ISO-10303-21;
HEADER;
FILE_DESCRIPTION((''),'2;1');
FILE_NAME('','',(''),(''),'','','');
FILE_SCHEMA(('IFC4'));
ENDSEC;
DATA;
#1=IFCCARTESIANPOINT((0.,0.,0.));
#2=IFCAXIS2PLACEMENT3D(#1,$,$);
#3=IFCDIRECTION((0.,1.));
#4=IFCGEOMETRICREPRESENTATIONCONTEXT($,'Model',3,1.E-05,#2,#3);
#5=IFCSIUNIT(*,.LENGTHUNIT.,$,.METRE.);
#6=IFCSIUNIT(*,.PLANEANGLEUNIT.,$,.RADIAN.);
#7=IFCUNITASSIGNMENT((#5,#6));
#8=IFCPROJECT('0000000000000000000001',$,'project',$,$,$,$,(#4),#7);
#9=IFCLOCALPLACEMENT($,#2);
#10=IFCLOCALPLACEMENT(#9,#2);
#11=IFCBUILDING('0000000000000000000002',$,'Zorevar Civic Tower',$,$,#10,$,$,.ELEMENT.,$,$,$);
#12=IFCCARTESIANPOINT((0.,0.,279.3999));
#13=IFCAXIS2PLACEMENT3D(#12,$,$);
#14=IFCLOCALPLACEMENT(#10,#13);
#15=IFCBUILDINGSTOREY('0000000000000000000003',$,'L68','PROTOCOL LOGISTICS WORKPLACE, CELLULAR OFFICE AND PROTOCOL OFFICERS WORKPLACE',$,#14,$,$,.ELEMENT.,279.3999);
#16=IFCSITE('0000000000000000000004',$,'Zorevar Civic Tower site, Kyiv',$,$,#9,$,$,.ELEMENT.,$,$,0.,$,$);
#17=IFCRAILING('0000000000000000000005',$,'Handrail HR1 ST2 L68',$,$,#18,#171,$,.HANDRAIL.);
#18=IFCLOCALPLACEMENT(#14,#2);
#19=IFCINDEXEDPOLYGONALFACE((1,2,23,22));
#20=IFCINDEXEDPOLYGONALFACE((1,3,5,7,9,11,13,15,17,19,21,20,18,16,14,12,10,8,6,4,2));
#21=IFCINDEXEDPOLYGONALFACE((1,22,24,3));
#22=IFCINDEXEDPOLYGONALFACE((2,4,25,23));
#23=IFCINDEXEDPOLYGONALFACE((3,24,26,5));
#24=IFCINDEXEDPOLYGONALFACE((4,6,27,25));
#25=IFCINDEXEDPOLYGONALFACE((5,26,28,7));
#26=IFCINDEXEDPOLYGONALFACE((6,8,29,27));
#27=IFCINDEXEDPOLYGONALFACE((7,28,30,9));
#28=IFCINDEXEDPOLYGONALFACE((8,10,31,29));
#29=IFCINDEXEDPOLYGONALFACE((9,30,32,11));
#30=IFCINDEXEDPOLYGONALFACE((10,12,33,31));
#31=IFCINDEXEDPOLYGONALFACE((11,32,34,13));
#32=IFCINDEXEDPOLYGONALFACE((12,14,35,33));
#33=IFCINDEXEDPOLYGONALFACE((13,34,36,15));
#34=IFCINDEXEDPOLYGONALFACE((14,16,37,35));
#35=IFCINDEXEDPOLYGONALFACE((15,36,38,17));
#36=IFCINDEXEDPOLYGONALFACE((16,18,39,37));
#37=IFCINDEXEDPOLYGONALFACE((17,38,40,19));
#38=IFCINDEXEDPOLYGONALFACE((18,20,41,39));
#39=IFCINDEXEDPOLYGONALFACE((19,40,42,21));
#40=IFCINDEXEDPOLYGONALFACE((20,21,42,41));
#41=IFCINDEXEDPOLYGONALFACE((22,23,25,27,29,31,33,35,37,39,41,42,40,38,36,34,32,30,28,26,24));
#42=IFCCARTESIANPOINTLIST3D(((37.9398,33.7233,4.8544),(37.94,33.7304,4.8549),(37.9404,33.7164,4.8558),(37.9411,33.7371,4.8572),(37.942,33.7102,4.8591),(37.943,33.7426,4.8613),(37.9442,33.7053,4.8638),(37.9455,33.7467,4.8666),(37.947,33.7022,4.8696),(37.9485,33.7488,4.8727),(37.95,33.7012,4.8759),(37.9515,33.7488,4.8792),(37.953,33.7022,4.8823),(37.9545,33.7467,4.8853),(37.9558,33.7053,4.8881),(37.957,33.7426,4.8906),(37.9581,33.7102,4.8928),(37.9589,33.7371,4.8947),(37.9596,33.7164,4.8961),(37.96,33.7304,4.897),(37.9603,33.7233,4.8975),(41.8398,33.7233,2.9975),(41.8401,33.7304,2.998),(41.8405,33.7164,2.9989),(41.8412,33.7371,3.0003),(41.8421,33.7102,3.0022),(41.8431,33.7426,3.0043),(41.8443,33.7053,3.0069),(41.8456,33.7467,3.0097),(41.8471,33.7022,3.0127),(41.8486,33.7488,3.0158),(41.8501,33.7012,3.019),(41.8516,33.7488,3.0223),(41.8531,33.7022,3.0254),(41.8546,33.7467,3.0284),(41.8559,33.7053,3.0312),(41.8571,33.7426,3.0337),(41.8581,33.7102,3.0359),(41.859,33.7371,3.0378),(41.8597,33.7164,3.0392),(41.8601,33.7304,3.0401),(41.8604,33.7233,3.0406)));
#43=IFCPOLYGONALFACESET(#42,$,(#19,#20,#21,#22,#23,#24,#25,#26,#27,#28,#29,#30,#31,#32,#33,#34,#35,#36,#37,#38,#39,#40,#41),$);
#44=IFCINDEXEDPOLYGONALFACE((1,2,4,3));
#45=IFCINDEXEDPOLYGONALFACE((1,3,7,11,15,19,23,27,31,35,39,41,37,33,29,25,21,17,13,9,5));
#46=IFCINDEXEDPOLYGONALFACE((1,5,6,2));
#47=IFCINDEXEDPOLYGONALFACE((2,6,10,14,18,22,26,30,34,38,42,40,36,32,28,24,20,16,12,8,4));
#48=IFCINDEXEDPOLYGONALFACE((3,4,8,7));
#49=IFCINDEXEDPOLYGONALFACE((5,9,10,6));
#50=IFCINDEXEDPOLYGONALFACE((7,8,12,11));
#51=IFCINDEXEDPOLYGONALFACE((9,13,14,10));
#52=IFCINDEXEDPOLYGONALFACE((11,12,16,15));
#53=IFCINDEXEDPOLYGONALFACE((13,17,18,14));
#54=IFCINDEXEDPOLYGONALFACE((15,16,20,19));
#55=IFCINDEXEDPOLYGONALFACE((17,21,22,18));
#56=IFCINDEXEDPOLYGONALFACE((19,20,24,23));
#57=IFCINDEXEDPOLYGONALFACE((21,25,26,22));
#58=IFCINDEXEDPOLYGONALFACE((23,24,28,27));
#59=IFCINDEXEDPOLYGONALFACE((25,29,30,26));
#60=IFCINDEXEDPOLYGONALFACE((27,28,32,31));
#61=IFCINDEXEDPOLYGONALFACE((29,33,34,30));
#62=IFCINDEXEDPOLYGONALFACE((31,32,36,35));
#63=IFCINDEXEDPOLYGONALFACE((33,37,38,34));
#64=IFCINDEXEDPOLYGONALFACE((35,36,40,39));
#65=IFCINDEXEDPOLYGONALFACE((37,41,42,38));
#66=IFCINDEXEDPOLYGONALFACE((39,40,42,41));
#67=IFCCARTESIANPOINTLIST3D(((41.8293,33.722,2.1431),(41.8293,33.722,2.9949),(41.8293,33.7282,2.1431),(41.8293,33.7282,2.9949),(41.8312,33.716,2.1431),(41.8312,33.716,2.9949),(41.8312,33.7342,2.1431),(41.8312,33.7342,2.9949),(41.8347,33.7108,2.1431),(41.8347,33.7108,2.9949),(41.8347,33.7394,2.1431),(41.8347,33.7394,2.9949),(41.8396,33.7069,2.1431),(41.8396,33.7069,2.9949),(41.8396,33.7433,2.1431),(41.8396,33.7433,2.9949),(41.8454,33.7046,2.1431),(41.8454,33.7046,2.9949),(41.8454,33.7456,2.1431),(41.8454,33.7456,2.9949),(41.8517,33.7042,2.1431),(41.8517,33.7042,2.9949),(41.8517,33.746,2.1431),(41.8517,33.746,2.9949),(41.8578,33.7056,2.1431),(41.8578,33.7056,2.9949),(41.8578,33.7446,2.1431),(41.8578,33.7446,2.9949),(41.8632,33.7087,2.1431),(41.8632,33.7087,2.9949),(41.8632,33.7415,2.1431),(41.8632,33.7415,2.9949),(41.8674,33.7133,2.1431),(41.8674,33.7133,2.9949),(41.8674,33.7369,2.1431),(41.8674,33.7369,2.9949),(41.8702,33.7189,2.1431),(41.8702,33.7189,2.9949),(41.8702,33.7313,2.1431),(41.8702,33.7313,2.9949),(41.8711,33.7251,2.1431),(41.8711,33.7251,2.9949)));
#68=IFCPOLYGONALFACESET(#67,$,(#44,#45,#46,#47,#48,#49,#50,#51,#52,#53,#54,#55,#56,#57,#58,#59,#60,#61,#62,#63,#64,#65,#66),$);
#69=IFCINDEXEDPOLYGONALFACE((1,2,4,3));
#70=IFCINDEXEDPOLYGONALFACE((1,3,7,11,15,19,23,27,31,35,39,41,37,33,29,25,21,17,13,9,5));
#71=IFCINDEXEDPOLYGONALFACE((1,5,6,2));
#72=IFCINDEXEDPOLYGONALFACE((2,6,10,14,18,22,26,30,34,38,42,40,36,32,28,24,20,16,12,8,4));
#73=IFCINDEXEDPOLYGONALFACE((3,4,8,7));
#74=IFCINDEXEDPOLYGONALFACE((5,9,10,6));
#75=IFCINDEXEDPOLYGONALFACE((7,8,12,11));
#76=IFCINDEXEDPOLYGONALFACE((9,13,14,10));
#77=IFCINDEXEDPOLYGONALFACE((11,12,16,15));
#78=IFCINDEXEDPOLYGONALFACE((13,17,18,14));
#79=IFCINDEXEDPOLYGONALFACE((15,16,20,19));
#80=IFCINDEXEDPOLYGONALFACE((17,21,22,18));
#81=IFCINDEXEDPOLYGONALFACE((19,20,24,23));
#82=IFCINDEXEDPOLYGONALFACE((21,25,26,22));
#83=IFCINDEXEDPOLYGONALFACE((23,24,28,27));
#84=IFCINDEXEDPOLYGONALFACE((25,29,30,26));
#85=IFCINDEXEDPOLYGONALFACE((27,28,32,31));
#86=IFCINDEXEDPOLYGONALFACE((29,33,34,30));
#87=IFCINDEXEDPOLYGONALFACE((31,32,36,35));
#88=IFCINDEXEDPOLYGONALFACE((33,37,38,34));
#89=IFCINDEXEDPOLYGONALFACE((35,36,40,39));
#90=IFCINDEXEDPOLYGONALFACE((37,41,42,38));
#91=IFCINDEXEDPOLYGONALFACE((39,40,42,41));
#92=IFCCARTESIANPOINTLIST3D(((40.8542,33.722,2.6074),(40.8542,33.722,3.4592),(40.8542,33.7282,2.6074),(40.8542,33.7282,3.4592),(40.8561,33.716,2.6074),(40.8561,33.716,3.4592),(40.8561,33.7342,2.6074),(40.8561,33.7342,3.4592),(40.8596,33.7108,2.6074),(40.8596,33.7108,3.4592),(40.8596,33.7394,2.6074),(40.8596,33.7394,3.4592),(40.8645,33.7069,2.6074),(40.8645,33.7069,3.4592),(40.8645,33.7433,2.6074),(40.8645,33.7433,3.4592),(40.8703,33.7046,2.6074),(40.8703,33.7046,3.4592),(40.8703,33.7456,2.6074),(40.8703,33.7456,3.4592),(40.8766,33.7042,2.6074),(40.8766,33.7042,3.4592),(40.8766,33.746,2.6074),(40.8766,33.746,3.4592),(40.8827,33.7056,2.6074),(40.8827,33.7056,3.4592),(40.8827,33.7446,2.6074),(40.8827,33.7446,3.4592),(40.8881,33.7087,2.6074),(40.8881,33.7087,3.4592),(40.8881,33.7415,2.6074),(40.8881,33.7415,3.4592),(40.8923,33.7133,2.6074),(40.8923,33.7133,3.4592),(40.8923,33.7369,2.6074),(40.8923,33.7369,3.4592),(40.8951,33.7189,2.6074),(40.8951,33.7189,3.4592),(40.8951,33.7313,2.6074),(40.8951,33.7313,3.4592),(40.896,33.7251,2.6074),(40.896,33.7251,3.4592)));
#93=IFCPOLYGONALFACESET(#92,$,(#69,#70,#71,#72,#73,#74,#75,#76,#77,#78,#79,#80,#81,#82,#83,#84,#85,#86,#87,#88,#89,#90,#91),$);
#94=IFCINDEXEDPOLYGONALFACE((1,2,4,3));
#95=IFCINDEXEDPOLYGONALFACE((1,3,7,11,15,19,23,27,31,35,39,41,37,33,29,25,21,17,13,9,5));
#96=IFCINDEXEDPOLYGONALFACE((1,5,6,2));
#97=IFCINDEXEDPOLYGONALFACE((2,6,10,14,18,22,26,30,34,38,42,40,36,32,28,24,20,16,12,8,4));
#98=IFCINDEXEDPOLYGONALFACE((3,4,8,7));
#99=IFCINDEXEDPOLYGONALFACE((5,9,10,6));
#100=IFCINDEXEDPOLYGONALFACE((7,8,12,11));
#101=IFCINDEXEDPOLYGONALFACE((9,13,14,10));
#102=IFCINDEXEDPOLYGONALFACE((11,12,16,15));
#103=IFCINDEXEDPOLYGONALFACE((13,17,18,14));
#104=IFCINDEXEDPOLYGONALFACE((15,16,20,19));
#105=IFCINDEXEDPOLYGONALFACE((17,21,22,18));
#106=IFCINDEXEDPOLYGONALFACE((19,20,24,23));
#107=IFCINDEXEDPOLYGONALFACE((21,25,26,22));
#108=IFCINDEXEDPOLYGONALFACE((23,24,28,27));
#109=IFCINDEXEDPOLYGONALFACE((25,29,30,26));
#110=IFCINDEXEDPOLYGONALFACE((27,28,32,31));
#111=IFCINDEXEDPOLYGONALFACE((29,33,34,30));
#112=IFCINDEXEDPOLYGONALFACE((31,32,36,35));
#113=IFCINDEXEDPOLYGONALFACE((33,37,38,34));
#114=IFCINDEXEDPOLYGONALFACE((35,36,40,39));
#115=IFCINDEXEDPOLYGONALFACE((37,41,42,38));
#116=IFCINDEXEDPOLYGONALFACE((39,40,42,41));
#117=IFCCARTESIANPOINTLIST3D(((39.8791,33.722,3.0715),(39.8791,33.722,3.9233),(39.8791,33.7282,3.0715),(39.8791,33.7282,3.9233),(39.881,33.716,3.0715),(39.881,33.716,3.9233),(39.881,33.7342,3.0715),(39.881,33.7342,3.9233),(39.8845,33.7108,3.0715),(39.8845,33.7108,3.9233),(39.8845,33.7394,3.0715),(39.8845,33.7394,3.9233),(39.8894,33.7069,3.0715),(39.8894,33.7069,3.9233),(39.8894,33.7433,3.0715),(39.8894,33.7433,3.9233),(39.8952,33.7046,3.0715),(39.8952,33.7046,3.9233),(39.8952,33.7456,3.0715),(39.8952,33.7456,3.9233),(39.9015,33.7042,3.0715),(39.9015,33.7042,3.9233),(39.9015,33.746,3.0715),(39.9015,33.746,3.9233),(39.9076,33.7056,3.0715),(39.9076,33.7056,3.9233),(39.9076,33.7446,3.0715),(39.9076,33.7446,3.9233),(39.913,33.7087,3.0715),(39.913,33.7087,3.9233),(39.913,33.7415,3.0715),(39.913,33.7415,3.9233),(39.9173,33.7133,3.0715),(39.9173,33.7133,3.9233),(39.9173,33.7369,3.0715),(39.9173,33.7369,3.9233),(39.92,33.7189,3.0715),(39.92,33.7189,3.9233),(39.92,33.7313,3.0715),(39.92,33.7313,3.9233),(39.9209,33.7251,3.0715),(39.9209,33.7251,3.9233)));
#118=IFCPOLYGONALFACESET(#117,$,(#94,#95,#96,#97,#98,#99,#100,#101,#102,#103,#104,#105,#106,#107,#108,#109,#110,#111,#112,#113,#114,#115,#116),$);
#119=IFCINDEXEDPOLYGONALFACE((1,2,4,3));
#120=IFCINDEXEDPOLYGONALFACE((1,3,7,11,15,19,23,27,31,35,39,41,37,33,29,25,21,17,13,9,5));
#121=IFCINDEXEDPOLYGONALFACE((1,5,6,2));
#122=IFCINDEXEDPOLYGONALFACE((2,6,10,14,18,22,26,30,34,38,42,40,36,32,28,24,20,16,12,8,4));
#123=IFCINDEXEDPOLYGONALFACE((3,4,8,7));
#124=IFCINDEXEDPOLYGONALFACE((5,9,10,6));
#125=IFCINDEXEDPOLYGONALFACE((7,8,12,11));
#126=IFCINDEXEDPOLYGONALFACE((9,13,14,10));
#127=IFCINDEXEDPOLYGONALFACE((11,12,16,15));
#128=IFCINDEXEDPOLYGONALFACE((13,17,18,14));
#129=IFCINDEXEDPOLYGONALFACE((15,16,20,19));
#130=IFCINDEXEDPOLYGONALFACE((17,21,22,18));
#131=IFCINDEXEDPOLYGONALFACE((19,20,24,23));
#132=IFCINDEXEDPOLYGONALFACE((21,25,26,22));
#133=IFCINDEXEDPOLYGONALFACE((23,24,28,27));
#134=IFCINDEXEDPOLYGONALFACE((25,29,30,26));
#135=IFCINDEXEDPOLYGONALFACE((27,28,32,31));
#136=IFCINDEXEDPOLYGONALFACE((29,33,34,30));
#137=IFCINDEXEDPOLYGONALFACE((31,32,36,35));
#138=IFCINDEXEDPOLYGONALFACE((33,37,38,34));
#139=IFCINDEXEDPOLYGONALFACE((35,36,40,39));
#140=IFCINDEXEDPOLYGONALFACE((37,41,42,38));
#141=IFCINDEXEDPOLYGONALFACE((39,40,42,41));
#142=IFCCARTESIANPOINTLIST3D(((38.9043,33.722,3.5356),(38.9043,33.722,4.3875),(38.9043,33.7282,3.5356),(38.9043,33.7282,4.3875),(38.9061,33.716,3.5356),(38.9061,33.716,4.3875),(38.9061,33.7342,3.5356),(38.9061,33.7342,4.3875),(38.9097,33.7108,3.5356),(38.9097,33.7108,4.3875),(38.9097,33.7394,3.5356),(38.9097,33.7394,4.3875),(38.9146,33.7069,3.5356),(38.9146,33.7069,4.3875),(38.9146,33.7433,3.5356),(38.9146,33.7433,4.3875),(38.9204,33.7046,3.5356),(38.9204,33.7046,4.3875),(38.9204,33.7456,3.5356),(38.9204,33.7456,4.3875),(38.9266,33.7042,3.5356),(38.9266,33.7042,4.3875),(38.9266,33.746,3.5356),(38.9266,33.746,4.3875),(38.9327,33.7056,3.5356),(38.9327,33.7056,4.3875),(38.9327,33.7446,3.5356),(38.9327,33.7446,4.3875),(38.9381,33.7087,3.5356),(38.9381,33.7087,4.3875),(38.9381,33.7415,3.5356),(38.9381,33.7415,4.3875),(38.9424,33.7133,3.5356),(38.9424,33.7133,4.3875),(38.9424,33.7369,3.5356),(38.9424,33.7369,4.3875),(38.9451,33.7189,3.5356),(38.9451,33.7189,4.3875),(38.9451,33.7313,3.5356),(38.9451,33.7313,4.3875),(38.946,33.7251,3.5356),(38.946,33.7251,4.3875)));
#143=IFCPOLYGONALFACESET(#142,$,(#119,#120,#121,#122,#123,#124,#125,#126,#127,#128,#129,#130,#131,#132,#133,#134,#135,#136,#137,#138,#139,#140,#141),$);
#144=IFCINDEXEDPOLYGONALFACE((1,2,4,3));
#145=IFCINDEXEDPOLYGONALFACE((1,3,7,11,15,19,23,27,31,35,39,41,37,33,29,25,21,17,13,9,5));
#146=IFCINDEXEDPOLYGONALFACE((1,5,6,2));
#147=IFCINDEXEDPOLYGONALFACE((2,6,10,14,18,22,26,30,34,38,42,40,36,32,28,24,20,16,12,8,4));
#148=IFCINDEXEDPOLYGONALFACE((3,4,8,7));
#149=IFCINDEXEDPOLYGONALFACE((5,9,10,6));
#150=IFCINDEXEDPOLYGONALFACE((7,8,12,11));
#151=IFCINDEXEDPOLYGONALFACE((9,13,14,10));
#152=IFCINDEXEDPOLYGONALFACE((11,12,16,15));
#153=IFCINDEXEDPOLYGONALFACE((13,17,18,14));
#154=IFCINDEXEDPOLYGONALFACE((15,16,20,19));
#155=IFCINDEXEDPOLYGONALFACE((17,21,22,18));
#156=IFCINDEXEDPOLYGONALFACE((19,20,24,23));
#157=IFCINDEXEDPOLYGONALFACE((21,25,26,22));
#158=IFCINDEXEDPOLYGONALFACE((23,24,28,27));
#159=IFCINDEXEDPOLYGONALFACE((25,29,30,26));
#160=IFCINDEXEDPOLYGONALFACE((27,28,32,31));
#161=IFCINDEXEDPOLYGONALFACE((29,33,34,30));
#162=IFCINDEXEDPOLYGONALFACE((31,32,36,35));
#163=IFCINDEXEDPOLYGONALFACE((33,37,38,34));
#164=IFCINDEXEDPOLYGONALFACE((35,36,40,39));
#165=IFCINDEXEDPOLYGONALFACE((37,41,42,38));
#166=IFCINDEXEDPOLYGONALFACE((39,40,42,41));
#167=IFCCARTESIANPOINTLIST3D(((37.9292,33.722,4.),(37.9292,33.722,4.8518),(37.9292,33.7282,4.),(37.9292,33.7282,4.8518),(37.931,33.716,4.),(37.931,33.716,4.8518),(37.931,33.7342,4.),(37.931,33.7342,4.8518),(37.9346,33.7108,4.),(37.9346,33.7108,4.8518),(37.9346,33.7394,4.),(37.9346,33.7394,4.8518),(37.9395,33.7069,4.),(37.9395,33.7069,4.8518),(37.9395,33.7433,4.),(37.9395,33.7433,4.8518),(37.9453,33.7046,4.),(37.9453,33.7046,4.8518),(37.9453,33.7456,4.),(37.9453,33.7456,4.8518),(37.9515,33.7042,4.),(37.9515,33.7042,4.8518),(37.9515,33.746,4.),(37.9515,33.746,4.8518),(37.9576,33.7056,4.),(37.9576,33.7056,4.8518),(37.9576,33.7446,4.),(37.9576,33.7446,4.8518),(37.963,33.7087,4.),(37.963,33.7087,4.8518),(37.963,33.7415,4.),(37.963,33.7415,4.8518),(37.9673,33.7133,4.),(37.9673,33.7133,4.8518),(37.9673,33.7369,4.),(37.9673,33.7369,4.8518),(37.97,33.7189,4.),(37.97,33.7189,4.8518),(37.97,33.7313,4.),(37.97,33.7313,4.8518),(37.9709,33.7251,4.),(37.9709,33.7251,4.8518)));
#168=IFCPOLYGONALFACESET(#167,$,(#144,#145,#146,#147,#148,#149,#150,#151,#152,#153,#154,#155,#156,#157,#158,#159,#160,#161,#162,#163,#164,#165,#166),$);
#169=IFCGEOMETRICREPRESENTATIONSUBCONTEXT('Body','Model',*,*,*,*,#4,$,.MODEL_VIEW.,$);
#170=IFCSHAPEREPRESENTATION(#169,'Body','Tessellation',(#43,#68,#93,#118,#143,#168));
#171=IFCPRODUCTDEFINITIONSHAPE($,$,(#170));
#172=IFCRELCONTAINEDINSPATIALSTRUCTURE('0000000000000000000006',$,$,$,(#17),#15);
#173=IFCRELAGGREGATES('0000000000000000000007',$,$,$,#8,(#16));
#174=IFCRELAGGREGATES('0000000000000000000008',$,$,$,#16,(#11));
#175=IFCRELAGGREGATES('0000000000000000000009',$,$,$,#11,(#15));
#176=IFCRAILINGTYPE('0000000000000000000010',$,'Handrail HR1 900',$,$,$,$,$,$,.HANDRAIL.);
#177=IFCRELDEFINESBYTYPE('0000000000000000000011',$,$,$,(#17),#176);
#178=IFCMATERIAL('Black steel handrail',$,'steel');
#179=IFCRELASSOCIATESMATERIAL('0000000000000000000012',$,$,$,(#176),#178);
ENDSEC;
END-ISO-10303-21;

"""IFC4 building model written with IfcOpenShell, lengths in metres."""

from ifc_helpers import new_model, si_unit, direction, frame, origin, origin_2d, place, context, subcontext, project, spatial, circle, extrude, material, type_object, element, save


model = new_model("IFC4")

# Units and contexts
model_context = context("Model", 3, precision=1e-05, world=origin(), true_north=direction((0.0, 1.0)))
body_context = subcontext(model_context, "Body", "Model", "MODEL_VIEW")
ifc_project = project(units=[si_unit("LENGTHUNIT", "METRE"), si_unit("PLANEANGLEUNIT", "RADIAN")], contexts=[model_context])

# Site, building, storey
site_placement = place(None, origin())
site = spatial("IfcSite", under=ifc_project, at=site_placement, Name="Zorevar Civic Tower site, Kyiv", CompositionType="ELEMENT", RefElevation=0.0)
building_placement = place(site_placement, origin())
building = spatial("IfcBuilding", under=site, at=building_placement, Name="Zorevar Civic Tower", CompositionType="ELEMENT")
storey_placement = place(building_placement, frame((0.0, 0.0, 279.3999)))
storey = spatial("IfcBuildingStorey", under=building, at=storey_placement, Name="L68", Description="PROTOCOL LOGISTICS WORKPLACE, CELLULAR OFFICE AND PROTOCOL OFFICERS WORKPLACE", CompositionType="ELEMENT", Elevation=279.3999)

# Railing
ifc_material_1 = material(Name="Black steel handrail", Category="steel")
railing_type = type_object("IfcRailingType", Name="Handrail HR1 900", PredefinedType="HANDRAIL", material=ifc_material_1)
railing_1_placement = place(storey_placement, frame((41.8501, 33.7251, 2.1431)))
element("IfcRailing", 1, at=railing_1_placement, inside=storey, type_object=railing_type, Name="Handrail HR1 ST2 L68", PredefinedType="HANDRAIL", context=body_context, shape_type="SweptSolid", body=[
    extrude(circle(Radius=0.0239, at=origin_2d()), frame((0.0, 0.0, 0.876), z_axis=(-0.902886, 0.0, 0.429881), x_axis=(0.0, -1.0, 0.0)), (0.0, 0.0, 1.0), 4.3196),
    extrude(circle(Radius=0.021, at=origin_2d()), origin(), (0.0, 0.0, 1.0), 0.8518),
    extrude(circle(Radius=0.021, at=origin_2d()), frame((-0.9751, 0.0, 0.4644)), (0.0, 0.0, 1.0), 0.8518),
    extrude(circle(Radius=0.021, at=origin_2d()), frame((-1.9502, 0.0, 0.9285)), (0.0, 0.0, 1.0), 0.8518),
    extrude(circle(Radius=0.021, at=origin_2d()), frame((-2.925, 0.0, 1.3926)), (0.0, 0.0, 1.0), 0.8518),
    extrude(circle(Radius=0.021, at=origin_2d()), frame((-3.9001, 0.0, 1.8569)), (0.0, 0.0, 1.0), 0.8518),
])

save(model, "model.ifc")
